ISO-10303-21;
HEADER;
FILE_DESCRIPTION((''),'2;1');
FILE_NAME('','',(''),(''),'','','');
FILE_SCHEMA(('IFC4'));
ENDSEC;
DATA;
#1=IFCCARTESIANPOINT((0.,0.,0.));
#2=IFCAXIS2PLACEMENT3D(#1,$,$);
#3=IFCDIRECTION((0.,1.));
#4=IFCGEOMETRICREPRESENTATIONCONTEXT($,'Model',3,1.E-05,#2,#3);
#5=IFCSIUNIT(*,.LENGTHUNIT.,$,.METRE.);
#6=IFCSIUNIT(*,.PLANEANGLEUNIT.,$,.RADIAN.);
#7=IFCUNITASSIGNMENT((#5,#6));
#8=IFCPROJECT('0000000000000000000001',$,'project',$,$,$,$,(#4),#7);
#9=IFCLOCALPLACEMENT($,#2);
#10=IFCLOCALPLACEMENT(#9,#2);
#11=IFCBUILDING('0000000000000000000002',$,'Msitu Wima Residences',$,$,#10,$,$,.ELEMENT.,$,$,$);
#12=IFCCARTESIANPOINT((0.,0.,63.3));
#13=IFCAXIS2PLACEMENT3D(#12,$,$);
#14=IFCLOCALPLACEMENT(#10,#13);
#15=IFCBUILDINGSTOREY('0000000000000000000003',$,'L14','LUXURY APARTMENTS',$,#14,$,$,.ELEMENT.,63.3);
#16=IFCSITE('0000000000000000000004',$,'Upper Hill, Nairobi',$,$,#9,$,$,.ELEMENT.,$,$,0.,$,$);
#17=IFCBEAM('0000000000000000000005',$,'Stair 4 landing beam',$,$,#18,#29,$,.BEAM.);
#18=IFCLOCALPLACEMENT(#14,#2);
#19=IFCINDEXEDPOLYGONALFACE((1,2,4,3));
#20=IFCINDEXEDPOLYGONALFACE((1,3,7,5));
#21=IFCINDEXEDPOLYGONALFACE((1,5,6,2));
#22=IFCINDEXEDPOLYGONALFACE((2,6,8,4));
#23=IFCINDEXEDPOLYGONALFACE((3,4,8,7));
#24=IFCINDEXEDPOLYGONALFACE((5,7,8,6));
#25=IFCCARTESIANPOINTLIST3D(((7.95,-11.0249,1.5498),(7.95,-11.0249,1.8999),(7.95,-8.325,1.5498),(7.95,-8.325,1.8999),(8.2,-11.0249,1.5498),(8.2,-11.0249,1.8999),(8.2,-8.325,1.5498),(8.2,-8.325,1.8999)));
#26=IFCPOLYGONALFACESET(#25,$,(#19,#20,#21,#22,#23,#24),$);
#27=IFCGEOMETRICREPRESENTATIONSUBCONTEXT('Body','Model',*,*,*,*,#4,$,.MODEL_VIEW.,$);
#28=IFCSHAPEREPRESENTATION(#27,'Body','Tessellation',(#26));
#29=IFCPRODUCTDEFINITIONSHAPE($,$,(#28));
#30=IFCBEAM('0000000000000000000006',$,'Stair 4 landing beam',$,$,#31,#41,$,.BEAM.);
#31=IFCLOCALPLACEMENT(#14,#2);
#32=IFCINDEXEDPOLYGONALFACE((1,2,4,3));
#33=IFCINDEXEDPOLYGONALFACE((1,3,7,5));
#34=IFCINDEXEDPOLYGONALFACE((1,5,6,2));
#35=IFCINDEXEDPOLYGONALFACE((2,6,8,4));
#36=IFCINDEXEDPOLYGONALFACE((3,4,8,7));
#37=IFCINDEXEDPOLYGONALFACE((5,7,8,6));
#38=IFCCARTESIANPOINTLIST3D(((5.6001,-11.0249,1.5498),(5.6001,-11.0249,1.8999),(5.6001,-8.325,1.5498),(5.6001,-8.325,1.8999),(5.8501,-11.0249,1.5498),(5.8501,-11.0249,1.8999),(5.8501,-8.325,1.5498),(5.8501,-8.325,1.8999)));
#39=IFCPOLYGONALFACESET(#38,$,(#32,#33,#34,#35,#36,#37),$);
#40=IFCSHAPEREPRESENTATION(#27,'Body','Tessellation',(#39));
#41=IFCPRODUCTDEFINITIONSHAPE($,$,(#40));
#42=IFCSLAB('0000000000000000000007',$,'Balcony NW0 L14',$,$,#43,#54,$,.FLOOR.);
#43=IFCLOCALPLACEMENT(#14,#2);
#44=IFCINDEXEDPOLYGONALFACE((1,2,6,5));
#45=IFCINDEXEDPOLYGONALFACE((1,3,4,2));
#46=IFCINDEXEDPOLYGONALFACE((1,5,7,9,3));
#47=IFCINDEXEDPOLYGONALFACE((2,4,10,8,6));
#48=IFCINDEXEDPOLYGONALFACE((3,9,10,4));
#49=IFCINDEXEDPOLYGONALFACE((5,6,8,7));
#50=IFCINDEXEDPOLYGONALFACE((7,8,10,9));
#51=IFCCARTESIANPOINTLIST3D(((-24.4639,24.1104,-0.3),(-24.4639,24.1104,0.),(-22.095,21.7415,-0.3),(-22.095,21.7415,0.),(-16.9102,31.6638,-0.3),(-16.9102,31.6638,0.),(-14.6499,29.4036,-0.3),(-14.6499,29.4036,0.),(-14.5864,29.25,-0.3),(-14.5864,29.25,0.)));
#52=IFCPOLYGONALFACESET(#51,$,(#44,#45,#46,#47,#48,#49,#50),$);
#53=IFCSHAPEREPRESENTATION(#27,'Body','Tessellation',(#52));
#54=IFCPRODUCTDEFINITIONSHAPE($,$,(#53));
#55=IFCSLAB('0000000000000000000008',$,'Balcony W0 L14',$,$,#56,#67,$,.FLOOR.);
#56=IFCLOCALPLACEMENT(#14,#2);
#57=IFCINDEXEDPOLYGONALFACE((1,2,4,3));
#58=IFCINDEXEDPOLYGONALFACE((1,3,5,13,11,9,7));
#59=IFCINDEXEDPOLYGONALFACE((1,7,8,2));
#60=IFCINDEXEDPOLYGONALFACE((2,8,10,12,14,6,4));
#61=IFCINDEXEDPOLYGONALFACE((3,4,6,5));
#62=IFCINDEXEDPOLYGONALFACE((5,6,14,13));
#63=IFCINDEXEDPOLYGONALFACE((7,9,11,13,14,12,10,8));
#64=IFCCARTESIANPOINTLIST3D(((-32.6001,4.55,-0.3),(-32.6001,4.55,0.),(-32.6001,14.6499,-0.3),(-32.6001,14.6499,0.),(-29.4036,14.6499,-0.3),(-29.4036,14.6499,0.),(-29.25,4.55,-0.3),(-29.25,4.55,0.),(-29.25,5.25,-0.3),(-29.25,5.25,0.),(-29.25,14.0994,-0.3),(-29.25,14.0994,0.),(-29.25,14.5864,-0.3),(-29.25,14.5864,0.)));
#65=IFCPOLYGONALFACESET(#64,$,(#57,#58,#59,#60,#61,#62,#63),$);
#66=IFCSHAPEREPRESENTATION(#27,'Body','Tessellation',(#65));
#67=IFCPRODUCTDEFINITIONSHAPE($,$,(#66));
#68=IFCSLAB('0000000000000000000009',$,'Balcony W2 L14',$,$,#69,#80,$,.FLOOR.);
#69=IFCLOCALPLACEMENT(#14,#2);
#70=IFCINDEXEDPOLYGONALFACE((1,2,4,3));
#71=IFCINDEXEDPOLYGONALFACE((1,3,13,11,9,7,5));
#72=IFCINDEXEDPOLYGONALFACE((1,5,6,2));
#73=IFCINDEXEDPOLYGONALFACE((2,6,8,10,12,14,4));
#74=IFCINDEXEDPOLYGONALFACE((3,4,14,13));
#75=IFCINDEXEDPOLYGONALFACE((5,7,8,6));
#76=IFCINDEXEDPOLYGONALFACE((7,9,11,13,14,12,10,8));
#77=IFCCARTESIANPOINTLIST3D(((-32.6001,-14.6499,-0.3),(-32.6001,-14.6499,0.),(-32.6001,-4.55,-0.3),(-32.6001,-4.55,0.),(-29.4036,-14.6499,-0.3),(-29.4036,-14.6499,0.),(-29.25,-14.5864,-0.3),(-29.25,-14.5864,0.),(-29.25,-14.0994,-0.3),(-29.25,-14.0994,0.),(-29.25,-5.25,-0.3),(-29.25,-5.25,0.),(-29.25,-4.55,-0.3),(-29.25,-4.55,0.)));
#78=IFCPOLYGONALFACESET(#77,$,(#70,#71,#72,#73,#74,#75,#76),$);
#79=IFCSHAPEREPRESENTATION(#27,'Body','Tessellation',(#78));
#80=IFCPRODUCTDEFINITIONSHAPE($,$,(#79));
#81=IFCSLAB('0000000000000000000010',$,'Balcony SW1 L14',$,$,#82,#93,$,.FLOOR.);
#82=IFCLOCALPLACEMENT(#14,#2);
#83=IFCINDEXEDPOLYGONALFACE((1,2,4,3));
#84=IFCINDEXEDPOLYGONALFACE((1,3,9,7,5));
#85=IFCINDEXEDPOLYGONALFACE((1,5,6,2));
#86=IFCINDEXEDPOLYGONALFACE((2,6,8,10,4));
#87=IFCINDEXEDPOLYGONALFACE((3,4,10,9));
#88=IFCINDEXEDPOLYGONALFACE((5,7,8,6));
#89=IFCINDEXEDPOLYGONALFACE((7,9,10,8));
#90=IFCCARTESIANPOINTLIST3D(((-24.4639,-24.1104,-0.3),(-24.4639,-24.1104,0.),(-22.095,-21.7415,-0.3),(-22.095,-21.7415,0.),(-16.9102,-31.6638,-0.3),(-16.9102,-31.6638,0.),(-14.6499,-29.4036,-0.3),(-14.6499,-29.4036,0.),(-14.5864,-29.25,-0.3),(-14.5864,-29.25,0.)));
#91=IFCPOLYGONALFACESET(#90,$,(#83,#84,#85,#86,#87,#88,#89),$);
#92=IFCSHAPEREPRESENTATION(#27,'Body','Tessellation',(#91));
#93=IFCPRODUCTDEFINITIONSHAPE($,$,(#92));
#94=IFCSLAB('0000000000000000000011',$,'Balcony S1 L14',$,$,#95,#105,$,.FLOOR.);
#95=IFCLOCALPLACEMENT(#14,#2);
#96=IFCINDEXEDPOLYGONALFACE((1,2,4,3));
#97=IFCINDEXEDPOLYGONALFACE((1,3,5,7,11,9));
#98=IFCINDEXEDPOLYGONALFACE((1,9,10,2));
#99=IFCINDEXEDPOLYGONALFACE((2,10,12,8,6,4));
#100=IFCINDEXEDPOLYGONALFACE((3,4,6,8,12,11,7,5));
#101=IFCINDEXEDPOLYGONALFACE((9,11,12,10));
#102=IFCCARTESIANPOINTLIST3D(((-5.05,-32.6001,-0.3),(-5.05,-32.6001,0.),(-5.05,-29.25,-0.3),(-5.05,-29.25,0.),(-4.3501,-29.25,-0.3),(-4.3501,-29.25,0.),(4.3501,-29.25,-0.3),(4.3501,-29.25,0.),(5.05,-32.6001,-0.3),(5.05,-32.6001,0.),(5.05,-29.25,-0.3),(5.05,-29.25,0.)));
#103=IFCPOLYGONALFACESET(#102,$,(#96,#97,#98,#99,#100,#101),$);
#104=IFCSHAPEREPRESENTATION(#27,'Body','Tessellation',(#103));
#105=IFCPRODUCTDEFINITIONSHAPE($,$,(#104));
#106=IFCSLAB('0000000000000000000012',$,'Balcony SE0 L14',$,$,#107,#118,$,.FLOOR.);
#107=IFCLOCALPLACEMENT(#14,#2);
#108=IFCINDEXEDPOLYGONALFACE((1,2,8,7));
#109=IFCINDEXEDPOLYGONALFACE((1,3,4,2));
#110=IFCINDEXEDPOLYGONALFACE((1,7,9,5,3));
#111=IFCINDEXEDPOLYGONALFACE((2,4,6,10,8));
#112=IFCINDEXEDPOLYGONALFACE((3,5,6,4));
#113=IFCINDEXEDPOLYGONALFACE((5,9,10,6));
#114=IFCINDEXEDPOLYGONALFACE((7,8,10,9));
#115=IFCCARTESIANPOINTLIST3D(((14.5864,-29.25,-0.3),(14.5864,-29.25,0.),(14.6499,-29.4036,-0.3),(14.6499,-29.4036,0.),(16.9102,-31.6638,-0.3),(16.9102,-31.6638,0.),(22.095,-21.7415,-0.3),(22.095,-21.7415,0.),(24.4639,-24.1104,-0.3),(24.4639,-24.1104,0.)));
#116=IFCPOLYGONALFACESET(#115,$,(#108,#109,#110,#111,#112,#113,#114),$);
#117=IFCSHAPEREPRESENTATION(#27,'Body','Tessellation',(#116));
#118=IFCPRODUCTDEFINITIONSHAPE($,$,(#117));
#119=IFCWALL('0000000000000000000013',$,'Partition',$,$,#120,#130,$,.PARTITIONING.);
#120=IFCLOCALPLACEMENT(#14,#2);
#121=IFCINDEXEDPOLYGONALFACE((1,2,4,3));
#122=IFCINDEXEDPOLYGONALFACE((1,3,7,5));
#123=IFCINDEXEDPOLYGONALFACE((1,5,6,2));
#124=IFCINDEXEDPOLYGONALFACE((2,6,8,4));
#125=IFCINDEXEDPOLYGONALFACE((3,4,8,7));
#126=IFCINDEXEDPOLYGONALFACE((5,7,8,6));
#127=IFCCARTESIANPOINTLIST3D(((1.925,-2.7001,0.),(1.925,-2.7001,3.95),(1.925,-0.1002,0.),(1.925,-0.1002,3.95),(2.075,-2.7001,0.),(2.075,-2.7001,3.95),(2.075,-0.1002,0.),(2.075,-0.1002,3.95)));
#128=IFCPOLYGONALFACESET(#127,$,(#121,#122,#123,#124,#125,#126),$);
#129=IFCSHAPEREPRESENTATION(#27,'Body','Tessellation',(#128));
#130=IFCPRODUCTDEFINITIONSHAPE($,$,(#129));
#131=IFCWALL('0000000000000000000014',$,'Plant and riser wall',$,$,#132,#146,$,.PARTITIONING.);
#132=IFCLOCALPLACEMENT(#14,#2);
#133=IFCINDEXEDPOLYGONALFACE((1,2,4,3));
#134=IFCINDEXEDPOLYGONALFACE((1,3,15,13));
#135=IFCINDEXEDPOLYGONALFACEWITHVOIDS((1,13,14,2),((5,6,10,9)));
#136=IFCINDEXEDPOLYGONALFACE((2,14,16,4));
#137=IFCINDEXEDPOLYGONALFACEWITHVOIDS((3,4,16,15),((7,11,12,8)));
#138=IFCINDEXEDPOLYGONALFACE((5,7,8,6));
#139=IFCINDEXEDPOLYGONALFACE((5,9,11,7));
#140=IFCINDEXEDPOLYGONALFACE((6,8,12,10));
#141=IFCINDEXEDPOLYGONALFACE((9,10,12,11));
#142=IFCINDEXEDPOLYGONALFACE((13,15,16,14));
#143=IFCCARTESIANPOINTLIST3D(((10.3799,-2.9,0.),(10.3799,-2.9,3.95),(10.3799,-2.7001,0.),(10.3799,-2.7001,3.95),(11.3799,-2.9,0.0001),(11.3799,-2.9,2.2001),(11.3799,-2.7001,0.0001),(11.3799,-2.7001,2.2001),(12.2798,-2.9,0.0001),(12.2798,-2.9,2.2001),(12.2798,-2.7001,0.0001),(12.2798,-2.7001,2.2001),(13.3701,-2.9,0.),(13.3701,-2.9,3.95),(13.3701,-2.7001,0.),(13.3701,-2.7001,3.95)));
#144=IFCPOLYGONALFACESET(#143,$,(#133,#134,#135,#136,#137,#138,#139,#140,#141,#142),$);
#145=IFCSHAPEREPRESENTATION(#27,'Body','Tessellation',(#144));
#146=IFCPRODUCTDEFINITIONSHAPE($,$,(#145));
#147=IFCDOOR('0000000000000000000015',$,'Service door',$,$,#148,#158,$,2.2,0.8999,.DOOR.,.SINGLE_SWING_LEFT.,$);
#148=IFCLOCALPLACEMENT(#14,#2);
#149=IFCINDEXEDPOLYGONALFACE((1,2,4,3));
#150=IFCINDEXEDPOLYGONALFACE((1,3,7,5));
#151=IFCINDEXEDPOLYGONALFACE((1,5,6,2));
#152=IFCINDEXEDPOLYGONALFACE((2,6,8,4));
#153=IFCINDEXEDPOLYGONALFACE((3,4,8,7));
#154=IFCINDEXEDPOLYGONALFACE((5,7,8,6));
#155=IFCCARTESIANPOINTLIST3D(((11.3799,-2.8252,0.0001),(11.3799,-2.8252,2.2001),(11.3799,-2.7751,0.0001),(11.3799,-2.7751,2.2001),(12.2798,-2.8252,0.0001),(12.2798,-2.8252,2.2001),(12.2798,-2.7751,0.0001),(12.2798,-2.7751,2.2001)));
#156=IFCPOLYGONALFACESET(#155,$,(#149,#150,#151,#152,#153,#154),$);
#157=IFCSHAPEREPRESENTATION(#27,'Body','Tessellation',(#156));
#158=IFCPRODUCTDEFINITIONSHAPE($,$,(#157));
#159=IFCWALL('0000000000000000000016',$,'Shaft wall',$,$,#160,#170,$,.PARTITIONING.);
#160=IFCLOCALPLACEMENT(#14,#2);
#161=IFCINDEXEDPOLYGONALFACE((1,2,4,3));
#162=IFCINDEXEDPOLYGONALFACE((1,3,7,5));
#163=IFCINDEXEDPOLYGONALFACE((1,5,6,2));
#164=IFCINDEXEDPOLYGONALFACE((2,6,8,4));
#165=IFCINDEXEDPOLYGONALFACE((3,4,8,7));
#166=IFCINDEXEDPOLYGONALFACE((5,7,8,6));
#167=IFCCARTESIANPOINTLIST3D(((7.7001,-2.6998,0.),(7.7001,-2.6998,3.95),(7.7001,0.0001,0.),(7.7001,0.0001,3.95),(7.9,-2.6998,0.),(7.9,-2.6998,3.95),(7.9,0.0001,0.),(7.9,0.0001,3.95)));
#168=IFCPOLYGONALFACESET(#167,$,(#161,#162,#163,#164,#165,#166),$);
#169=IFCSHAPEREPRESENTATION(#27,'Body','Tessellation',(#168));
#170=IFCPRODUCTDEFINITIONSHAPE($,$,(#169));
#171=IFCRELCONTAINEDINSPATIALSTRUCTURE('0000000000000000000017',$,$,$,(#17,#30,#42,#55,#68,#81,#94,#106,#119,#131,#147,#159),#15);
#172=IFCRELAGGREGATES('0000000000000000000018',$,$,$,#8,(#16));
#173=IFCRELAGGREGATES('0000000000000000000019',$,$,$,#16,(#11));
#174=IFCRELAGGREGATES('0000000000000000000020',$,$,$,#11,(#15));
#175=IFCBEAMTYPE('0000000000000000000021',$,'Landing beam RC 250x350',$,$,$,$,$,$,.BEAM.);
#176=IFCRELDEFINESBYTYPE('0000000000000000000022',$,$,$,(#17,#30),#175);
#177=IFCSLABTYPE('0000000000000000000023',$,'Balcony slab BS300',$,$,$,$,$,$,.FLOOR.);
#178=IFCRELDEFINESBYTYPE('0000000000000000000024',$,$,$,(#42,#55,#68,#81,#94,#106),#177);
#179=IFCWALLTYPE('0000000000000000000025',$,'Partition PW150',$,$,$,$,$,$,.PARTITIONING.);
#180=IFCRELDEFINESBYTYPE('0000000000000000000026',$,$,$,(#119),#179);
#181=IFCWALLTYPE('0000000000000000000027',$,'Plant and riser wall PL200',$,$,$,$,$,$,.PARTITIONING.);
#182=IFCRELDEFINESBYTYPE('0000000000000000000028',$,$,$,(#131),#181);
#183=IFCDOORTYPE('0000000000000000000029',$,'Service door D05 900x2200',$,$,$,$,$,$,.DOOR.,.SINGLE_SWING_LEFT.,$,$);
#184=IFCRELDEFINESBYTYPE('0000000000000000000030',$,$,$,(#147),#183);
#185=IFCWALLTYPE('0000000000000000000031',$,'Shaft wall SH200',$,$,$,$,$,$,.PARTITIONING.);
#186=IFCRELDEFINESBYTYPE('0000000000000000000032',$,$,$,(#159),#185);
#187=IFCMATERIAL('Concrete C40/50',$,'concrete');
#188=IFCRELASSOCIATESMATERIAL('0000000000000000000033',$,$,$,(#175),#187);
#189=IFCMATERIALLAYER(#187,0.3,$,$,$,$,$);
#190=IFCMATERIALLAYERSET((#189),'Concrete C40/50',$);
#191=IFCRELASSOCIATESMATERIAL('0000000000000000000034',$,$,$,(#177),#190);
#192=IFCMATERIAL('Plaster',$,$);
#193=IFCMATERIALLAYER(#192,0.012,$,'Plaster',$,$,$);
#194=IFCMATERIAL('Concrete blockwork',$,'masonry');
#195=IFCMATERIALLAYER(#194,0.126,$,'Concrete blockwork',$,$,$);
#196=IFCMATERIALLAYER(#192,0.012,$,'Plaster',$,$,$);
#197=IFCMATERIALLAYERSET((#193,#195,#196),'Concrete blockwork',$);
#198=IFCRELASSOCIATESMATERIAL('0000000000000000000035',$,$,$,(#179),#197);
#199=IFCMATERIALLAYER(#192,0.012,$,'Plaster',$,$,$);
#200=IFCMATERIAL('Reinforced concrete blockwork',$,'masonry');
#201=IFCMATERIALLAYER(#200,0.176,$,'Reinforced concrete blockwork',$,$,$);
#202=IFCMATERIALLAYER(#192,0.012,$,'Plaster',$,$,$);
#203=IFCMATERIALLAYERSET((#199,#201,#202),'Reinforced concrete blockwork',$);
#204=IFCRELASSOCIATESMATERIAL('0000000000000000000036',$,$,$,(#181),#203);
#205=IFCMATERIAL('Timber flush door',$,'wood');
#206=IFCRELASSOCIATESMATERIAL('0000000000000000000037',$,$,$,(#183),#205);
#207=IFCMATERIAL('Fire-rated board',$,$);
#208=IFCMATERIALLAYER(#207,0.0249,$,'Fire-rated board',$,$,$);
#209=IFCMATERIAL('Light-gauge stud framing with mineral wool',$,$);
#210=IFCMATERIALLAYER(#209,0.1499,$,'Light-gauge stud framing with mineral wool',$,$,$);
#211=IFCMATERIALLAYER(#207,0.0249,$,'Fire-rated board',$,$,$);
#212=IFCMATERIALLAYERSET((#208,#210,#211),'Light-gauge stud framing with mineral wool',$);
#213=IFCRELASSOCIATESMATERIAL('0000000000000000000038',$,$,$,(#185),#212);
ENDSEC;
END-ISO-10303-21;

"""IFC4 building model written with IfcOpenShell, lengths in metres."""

from ifc_helpers import new_model, si_unit, direction, frame, frame_2d, origin, origin_2d, place, context, subcontext, project, spatial, polyline, rectangle, outline, extrude, material, layer, layer_set, material_profile, profile_set, type_object, element, fill, save


model = new_model("IFC4")

# Units and contexts
model_context = context("Model", 3, precision=1e-05, world=origin(), true_north=direction((0.0, 1.0)))
body_context = subcontext(model_context, "Body", "Model", "MODEL_VIEW")
ifc_project = project(units=[si_unit("LENGTHUNIT", "METRE"), si_unit("PLANEANGLEUNIT", "RADIAN")], contexts=[model_context])

# Site, building, storey
site_placement = place(None, origin())
site = spatial("IfcSite", under=ifc_project, at=site_placement, Name="Upper Hill, Nairobi", CompositionType="ELEMENT", RefElevation=0.0)
building_placement = place(site_placement, origin())
building = spatial("IfcBuilding", under=site, at=building_placement, Name="Msitu Wima Residences", CompositionType="ELEMENT")
storey_placement = place(building_placement, frame((0.0, 0.0, 63.3)))
storey = spatial("IfcBuildingStorey", under=building, at=storey_placement, Name="L14", Description="LUXURY APARTMENTS", CompositionType="ELEMENT", Elevation=63.3)

# Beams
ifc_material_1 = material(Name="Concrete C40/50", Category="concrete")
ifc_material_profile = material_profile(ifc_material_1, rectangle(XDim=0.25, YDim=0.3501, at=origin_2d()), Name="RC 250x350")
ifc_profile_set = profile_set([ifc_material_profile], Name="Concrete C40/50")
beam_type = type_object("IfcBeamType", Name="Landing beam RC 250x350", PredefinedType="BEAM", material=ifc_profile_set)
for number, where, z_axis, x_axis, name in (
    (1, (8.075, -11.0249, 1.7249), (0.0, 1.0, 0.0), (-1.0, 0.0, 0.0), "Stair 4 landing beam"),
    (2, (5.7251, -11.0249, 1.7249), (0.0, 1.0, 0.0), (-1.0, 0.0, 0.0), "Stair 4 landing beam"),
):
    element("IfcBeam", number, at=place(storey_placement, frame(where, z_axis=z_axis, x_axis=x_axis)), inside=storey, type_object=beam_type, Name=name, PredefinedType="BEAM", context=body_context, shape_type="SweptSolid", body=[
        extrude(rectangle(XDim=0.25, YDim=0.3501, at=origin_2d()), origin(), (0.0, 0.0, 1.0), 2.7),
    ])

# Slabs
ifc_layer_1 = layer(ifc_material_1, 0.3)
ifc_layer_set_1 = layer_set([ifc_layer_1], Name="Concrete C40/50")
slab_type = type_object("IfcSlabType", Name="Balcony slab BS300", PredefinedType="FLOOR", material=ifc_layer_set_1)
slab_1_placement = place(storey_placement, frame((0.0, 0.0, -0.3)))
element("IfcSlab", 3, at=slab_1_placement, inside=storey, type_object=slab_type, Name="Balcony NW0 L14", PredefinedType="FLOOR", context=body_context, shape_type="SweptSolid", body=[
    extrude(outline(polyline([(-24.4639, 24.1104), (-16.9102, 31.6638), (-14.6499, 29.4036), (-14.5864, 29.25), (-22.095, 21.7415), (-24.4639, 24.1104)])), origin(), (0.0, 0.0, 1.0), 0.3),
])
slab_2_placement = place(storey_placement, frame((0.0, 0.0, -0.3)))
element("IfcSlab", 4, at=slab_2_placement, inside=storey, type_object=slab_type, Name="Balcony W0 L14", PredefinedType="FLOOR", context=body_context, shape_type="SweptSolid", body=[
    extrude(outline(polyline([(-29.25, 14.0994), (-29.25, 14.0994), (-29.25, 5.25), (-29.25, 4.55), (-32.6001, 4.55), (-32.6001, 14.6499), (-29.4036, 14.6499), (-29.25, 14.5864), (-29.25, 14.0994), (-29.25, 14.0994)])), origin(), (0.0, 0.0, 1.0), 0.3),
])
slab_3_placement = place(storey_placement, frame((0.0, 0.0, -0.3)))
element("IfcSlab", 5, at=slab_3_placement, inside=storey, type_object=slab_type, Name="Balcony W2 L14", PredefinedType="FLOOR", context=body_context, shape_type="SweptSolid", body=[
    extrude(outline(polyline([(-29.25, -14.0994), (-29.25, -14.0994), (-29.25, -14.0994), (-29.25, -14.5864), (-29.4036, -14.6499), (-32.6001, -14.6499), (-32.6001, -4.55), (-29.25, -4.55), (-29.25, -5.25), (-29.25, -14.0994)])), origin(), (0.0, 0.0, 1.0), 0.3),
])
slab_4_placement = place(storey_placement, frame((0.0, 0.0, -0.3)))
element("IfcSlab", 6, at=slab_4_placement, inside=storey, type_object=slab_type, Name="Balcony SW1 L14", PredefinedType="FLOOR", context=body_context, shape_type="SweptSolid", body=[
    extrude(outline(polyline([(-16.9102, -31.6638), (-24.4639, -24.1104), (-22.095, -21.7415), (-14.5864, -29.25), (-14.6499, -29.4036), (-16.9102, -31.6638)])), origin(), (0.0, 0.0, 1.0), 0.3),
])
slab_5_placement = place(storey_placement, frame((0.0, 0.0, -0.3)))
element("IfcSlab", 7, at=slab_5_placement, inside=storey, type_object=slab_type, Name="Balcony S1 L14", PredefinedType="FLOOR", context=body_context, shape_type="SweptSolid", body=[
    extrude(outline(polyline([(-4.3501, -29.25), (4.3501, -29.25), (5.05, -29.25), (5.05, -32.6001), (-5.05, -32.6001), (-5.05, -29.25), (-4.3501, -29.25)])), origin(), (0.0, 0.0, 1.0), 0.3),
])
slab_6_placement = place(storey_placement, frame((0.0, 0.0, -0.3)))
element("IfcSlab", 8, at=slab_6_placement, inside=storey, type_object=slab_type, Name="Balcony SE0 L14", PredefinedType="FLOOR", context=body_context, shape_type="SweptSolid", body=[
    extrude(outline(polyline([(24.4639, -24.1104), (16.9102, -31.6638), (14.6499, -29.4036), (14.5864, -29.25), (22.095, -21.7415), (24.4639, -24.1104)])), origin(), (0.0, 0.0, 1.0), 0.3),
])

# Wall
ifc_material_2 = material(Name="Plaster")
ifc_layer_2 = layer(ifc_material_2, 0.012, Name="Plaster")
ifc_material_3 = material(Name="Concrete blockwork", Category="masonry")
ifc_layer_3 = layer(ifc_material_3, 0.126, Name="Concrete blockwork")
ifc_layer_4 = layer(ifc_material_2, 0.012, Name="Plaster")
ifc_layer_set_2 = layer_set([ifc_layer_2, ifc_layer_3, ifc_layer_4], Name="Concrete blockwork")
wall_type_1 = type_object("IfcWallType", Name="Partition PW150", PredefinedType="PARTITIONING", material=ifc_layer_set_2)
wall_1_placement = place(storey_placement, frame((2.0, -2.7, 0.0), z_axis=(0.0, 0.0, 1.0), x_axis=(0.0, 1.0, 0.0)))
element("IfcWall", 9, at=wall_1_placement, inside=storey, type_object=wall_type_1, Name="Partition", PredefinedType="PARTITIONING", context=body_context, shape_type="SweptSolid", body=[
    extrude(rectangle(XDim=2.5999, YDim=0.1499, at=frame_2d((1.2998, 0.0))), origin(), (0.0, 0.0, 1.0), 3.95),
])

# Wall, opening, door
ifc_layer_5 = layer(ifc_material_2, 0.012, Name="Plaster")
ifc_material_4 = material(Name="Reinforced concrete blockwork", Category="masonry")
ifc_layer_6 = layer(ifc_material_4, 0.176, Name="Reinforced concrete blockwork")
ifc_layer_7 = layer(ifc_material_2, 0.012, Name="Plaster")
ifc_layer_set_3 = layer_set([ifc_layer_5, ifc_layer_6, ifc_layer_7], Name="Reinforced concrete blockwork")
wall_type_2 = type_object("IfcWallType", Name="Plant and riser wall PL200", PredefinedType="PARTITIONING", material=ifc_layer_set_3)
wall_2_placement = place(storey_placement, frame((10.3799, -2.8, 0.0), z_axis=(0.0, 0.0, 1.0), x_axis=(1.0, 0.0, 0.0)))
wall_2 = element("IfcWall", 10, at=wall_2_placement, inside=storey, type_object=wall_type_2, Name="Plant and riser wall", PredefinedType="PARTITIONING", context=body_context, shape_type="SweptSolid", body=[
    extrude(rectangle(XDim=2.9902, YDim=0.2, at=frame_2d((1.4951, 0.0))), origin(), (0.0, 0.0, 1.0), 3.95),
])
opening_placement = place(wall_2_placement, frame((1.0, 0.0, 0.0)))
opening = element("IfcOpeningElement", 11, at=opening_placement, cuts=wall_2, PredefinedType="OPENING", context=body_context, shape_type="SweptSolid", body=[
    extrude(rectangle(XDim=0.8999, YDim=2.2, at=frame_2d((0.45, 1.1001))), frame((0.0, 0.1099, 0.0), z_axis=(0.0, -1.0, 0.0), x_axis=(1.0, 0.0, 0.0)), (0.0, 0.0, 1.0), 0.22),
])
ifc_material_5 = material(Name="Timber flush door", Category="wood")
door_type = type_object("IfcDoorType", Name="Service door D05 900x2200", OperationType="SINGLE_SWING_LEFT", PredefinedType="DOOR", material=ifc_material_5)
door_placement = place(opening_placement, origin())
door = element("IfcDoor", 12, at=door_placement, inside=storey, type_object=door_type, Name="Service door", OperationType="SINGLE_SWING_LEFT", OverallHeight=2.2, OverallWidth=0.8999, PredefinedType="DOOR", context=body_context, shape_type="SweptSolid", body=[
    extrude(rectangle(XDim=0.8999, YDim=2.2, at=frame_2d((0.45, 1.1001))), frame((0.0, 0.0249, 0.0), z_axis=(0.0, -1.0, 0.0), x_axis=(1.0, 0.0, 0.0)), (0.0, 0.0, 1.0), 0.05),
])
fill(opening, door)

# Wall
ifc_material_6 = material(Name="Fire-rated board")
ifc_layer_8 = layer(ifc_material_6, 0.0249, Name="Fire-rated board")
ifc_material_7 = material(Name="Light-gauge stud framing with mineral wool")
ifc_layer_9 = layer(ifc_material_7, 0.1499, Name="Light-gauge stud framing with mineral wool")
ifc_layer_10 = layer(ifc_material_6, 0.0249, Name="Fire-rated board")
ifc_layer_set_4 = layer_set([ifc_layer_8, ifc_layer_9, ifc_layer_10], Name="Light-gauge stud framing with mineral wool")
wall_type_3 = type_object("IfcWallType", Name="Shaft wall SH200", PredefinedType="PARTITIONING", material=ifc_layer_set_4)
wall_3_placement = place(storey_placement, frame((7.8, -2.7, 0.0), z_axis=(0.0, 0.0, 1.0), x_axis=(0.0, 1.0, 0.0)))
element("IfcWall", 13, at=wall_3_placement, inside=storey, type_object=wall_type_3, Name="Shaft wall", PredefinedType="PARTITIONING", context=body_context, shape_type="SweptSolid", body=[
    extrude(rectangle(XDim=2.7, YDim=0.2, at=frame_2d((1.3501, 0.0))), origin(), (0.0, 0.0, 1.0), 3.95),
])

save(model, "model.ifc")
